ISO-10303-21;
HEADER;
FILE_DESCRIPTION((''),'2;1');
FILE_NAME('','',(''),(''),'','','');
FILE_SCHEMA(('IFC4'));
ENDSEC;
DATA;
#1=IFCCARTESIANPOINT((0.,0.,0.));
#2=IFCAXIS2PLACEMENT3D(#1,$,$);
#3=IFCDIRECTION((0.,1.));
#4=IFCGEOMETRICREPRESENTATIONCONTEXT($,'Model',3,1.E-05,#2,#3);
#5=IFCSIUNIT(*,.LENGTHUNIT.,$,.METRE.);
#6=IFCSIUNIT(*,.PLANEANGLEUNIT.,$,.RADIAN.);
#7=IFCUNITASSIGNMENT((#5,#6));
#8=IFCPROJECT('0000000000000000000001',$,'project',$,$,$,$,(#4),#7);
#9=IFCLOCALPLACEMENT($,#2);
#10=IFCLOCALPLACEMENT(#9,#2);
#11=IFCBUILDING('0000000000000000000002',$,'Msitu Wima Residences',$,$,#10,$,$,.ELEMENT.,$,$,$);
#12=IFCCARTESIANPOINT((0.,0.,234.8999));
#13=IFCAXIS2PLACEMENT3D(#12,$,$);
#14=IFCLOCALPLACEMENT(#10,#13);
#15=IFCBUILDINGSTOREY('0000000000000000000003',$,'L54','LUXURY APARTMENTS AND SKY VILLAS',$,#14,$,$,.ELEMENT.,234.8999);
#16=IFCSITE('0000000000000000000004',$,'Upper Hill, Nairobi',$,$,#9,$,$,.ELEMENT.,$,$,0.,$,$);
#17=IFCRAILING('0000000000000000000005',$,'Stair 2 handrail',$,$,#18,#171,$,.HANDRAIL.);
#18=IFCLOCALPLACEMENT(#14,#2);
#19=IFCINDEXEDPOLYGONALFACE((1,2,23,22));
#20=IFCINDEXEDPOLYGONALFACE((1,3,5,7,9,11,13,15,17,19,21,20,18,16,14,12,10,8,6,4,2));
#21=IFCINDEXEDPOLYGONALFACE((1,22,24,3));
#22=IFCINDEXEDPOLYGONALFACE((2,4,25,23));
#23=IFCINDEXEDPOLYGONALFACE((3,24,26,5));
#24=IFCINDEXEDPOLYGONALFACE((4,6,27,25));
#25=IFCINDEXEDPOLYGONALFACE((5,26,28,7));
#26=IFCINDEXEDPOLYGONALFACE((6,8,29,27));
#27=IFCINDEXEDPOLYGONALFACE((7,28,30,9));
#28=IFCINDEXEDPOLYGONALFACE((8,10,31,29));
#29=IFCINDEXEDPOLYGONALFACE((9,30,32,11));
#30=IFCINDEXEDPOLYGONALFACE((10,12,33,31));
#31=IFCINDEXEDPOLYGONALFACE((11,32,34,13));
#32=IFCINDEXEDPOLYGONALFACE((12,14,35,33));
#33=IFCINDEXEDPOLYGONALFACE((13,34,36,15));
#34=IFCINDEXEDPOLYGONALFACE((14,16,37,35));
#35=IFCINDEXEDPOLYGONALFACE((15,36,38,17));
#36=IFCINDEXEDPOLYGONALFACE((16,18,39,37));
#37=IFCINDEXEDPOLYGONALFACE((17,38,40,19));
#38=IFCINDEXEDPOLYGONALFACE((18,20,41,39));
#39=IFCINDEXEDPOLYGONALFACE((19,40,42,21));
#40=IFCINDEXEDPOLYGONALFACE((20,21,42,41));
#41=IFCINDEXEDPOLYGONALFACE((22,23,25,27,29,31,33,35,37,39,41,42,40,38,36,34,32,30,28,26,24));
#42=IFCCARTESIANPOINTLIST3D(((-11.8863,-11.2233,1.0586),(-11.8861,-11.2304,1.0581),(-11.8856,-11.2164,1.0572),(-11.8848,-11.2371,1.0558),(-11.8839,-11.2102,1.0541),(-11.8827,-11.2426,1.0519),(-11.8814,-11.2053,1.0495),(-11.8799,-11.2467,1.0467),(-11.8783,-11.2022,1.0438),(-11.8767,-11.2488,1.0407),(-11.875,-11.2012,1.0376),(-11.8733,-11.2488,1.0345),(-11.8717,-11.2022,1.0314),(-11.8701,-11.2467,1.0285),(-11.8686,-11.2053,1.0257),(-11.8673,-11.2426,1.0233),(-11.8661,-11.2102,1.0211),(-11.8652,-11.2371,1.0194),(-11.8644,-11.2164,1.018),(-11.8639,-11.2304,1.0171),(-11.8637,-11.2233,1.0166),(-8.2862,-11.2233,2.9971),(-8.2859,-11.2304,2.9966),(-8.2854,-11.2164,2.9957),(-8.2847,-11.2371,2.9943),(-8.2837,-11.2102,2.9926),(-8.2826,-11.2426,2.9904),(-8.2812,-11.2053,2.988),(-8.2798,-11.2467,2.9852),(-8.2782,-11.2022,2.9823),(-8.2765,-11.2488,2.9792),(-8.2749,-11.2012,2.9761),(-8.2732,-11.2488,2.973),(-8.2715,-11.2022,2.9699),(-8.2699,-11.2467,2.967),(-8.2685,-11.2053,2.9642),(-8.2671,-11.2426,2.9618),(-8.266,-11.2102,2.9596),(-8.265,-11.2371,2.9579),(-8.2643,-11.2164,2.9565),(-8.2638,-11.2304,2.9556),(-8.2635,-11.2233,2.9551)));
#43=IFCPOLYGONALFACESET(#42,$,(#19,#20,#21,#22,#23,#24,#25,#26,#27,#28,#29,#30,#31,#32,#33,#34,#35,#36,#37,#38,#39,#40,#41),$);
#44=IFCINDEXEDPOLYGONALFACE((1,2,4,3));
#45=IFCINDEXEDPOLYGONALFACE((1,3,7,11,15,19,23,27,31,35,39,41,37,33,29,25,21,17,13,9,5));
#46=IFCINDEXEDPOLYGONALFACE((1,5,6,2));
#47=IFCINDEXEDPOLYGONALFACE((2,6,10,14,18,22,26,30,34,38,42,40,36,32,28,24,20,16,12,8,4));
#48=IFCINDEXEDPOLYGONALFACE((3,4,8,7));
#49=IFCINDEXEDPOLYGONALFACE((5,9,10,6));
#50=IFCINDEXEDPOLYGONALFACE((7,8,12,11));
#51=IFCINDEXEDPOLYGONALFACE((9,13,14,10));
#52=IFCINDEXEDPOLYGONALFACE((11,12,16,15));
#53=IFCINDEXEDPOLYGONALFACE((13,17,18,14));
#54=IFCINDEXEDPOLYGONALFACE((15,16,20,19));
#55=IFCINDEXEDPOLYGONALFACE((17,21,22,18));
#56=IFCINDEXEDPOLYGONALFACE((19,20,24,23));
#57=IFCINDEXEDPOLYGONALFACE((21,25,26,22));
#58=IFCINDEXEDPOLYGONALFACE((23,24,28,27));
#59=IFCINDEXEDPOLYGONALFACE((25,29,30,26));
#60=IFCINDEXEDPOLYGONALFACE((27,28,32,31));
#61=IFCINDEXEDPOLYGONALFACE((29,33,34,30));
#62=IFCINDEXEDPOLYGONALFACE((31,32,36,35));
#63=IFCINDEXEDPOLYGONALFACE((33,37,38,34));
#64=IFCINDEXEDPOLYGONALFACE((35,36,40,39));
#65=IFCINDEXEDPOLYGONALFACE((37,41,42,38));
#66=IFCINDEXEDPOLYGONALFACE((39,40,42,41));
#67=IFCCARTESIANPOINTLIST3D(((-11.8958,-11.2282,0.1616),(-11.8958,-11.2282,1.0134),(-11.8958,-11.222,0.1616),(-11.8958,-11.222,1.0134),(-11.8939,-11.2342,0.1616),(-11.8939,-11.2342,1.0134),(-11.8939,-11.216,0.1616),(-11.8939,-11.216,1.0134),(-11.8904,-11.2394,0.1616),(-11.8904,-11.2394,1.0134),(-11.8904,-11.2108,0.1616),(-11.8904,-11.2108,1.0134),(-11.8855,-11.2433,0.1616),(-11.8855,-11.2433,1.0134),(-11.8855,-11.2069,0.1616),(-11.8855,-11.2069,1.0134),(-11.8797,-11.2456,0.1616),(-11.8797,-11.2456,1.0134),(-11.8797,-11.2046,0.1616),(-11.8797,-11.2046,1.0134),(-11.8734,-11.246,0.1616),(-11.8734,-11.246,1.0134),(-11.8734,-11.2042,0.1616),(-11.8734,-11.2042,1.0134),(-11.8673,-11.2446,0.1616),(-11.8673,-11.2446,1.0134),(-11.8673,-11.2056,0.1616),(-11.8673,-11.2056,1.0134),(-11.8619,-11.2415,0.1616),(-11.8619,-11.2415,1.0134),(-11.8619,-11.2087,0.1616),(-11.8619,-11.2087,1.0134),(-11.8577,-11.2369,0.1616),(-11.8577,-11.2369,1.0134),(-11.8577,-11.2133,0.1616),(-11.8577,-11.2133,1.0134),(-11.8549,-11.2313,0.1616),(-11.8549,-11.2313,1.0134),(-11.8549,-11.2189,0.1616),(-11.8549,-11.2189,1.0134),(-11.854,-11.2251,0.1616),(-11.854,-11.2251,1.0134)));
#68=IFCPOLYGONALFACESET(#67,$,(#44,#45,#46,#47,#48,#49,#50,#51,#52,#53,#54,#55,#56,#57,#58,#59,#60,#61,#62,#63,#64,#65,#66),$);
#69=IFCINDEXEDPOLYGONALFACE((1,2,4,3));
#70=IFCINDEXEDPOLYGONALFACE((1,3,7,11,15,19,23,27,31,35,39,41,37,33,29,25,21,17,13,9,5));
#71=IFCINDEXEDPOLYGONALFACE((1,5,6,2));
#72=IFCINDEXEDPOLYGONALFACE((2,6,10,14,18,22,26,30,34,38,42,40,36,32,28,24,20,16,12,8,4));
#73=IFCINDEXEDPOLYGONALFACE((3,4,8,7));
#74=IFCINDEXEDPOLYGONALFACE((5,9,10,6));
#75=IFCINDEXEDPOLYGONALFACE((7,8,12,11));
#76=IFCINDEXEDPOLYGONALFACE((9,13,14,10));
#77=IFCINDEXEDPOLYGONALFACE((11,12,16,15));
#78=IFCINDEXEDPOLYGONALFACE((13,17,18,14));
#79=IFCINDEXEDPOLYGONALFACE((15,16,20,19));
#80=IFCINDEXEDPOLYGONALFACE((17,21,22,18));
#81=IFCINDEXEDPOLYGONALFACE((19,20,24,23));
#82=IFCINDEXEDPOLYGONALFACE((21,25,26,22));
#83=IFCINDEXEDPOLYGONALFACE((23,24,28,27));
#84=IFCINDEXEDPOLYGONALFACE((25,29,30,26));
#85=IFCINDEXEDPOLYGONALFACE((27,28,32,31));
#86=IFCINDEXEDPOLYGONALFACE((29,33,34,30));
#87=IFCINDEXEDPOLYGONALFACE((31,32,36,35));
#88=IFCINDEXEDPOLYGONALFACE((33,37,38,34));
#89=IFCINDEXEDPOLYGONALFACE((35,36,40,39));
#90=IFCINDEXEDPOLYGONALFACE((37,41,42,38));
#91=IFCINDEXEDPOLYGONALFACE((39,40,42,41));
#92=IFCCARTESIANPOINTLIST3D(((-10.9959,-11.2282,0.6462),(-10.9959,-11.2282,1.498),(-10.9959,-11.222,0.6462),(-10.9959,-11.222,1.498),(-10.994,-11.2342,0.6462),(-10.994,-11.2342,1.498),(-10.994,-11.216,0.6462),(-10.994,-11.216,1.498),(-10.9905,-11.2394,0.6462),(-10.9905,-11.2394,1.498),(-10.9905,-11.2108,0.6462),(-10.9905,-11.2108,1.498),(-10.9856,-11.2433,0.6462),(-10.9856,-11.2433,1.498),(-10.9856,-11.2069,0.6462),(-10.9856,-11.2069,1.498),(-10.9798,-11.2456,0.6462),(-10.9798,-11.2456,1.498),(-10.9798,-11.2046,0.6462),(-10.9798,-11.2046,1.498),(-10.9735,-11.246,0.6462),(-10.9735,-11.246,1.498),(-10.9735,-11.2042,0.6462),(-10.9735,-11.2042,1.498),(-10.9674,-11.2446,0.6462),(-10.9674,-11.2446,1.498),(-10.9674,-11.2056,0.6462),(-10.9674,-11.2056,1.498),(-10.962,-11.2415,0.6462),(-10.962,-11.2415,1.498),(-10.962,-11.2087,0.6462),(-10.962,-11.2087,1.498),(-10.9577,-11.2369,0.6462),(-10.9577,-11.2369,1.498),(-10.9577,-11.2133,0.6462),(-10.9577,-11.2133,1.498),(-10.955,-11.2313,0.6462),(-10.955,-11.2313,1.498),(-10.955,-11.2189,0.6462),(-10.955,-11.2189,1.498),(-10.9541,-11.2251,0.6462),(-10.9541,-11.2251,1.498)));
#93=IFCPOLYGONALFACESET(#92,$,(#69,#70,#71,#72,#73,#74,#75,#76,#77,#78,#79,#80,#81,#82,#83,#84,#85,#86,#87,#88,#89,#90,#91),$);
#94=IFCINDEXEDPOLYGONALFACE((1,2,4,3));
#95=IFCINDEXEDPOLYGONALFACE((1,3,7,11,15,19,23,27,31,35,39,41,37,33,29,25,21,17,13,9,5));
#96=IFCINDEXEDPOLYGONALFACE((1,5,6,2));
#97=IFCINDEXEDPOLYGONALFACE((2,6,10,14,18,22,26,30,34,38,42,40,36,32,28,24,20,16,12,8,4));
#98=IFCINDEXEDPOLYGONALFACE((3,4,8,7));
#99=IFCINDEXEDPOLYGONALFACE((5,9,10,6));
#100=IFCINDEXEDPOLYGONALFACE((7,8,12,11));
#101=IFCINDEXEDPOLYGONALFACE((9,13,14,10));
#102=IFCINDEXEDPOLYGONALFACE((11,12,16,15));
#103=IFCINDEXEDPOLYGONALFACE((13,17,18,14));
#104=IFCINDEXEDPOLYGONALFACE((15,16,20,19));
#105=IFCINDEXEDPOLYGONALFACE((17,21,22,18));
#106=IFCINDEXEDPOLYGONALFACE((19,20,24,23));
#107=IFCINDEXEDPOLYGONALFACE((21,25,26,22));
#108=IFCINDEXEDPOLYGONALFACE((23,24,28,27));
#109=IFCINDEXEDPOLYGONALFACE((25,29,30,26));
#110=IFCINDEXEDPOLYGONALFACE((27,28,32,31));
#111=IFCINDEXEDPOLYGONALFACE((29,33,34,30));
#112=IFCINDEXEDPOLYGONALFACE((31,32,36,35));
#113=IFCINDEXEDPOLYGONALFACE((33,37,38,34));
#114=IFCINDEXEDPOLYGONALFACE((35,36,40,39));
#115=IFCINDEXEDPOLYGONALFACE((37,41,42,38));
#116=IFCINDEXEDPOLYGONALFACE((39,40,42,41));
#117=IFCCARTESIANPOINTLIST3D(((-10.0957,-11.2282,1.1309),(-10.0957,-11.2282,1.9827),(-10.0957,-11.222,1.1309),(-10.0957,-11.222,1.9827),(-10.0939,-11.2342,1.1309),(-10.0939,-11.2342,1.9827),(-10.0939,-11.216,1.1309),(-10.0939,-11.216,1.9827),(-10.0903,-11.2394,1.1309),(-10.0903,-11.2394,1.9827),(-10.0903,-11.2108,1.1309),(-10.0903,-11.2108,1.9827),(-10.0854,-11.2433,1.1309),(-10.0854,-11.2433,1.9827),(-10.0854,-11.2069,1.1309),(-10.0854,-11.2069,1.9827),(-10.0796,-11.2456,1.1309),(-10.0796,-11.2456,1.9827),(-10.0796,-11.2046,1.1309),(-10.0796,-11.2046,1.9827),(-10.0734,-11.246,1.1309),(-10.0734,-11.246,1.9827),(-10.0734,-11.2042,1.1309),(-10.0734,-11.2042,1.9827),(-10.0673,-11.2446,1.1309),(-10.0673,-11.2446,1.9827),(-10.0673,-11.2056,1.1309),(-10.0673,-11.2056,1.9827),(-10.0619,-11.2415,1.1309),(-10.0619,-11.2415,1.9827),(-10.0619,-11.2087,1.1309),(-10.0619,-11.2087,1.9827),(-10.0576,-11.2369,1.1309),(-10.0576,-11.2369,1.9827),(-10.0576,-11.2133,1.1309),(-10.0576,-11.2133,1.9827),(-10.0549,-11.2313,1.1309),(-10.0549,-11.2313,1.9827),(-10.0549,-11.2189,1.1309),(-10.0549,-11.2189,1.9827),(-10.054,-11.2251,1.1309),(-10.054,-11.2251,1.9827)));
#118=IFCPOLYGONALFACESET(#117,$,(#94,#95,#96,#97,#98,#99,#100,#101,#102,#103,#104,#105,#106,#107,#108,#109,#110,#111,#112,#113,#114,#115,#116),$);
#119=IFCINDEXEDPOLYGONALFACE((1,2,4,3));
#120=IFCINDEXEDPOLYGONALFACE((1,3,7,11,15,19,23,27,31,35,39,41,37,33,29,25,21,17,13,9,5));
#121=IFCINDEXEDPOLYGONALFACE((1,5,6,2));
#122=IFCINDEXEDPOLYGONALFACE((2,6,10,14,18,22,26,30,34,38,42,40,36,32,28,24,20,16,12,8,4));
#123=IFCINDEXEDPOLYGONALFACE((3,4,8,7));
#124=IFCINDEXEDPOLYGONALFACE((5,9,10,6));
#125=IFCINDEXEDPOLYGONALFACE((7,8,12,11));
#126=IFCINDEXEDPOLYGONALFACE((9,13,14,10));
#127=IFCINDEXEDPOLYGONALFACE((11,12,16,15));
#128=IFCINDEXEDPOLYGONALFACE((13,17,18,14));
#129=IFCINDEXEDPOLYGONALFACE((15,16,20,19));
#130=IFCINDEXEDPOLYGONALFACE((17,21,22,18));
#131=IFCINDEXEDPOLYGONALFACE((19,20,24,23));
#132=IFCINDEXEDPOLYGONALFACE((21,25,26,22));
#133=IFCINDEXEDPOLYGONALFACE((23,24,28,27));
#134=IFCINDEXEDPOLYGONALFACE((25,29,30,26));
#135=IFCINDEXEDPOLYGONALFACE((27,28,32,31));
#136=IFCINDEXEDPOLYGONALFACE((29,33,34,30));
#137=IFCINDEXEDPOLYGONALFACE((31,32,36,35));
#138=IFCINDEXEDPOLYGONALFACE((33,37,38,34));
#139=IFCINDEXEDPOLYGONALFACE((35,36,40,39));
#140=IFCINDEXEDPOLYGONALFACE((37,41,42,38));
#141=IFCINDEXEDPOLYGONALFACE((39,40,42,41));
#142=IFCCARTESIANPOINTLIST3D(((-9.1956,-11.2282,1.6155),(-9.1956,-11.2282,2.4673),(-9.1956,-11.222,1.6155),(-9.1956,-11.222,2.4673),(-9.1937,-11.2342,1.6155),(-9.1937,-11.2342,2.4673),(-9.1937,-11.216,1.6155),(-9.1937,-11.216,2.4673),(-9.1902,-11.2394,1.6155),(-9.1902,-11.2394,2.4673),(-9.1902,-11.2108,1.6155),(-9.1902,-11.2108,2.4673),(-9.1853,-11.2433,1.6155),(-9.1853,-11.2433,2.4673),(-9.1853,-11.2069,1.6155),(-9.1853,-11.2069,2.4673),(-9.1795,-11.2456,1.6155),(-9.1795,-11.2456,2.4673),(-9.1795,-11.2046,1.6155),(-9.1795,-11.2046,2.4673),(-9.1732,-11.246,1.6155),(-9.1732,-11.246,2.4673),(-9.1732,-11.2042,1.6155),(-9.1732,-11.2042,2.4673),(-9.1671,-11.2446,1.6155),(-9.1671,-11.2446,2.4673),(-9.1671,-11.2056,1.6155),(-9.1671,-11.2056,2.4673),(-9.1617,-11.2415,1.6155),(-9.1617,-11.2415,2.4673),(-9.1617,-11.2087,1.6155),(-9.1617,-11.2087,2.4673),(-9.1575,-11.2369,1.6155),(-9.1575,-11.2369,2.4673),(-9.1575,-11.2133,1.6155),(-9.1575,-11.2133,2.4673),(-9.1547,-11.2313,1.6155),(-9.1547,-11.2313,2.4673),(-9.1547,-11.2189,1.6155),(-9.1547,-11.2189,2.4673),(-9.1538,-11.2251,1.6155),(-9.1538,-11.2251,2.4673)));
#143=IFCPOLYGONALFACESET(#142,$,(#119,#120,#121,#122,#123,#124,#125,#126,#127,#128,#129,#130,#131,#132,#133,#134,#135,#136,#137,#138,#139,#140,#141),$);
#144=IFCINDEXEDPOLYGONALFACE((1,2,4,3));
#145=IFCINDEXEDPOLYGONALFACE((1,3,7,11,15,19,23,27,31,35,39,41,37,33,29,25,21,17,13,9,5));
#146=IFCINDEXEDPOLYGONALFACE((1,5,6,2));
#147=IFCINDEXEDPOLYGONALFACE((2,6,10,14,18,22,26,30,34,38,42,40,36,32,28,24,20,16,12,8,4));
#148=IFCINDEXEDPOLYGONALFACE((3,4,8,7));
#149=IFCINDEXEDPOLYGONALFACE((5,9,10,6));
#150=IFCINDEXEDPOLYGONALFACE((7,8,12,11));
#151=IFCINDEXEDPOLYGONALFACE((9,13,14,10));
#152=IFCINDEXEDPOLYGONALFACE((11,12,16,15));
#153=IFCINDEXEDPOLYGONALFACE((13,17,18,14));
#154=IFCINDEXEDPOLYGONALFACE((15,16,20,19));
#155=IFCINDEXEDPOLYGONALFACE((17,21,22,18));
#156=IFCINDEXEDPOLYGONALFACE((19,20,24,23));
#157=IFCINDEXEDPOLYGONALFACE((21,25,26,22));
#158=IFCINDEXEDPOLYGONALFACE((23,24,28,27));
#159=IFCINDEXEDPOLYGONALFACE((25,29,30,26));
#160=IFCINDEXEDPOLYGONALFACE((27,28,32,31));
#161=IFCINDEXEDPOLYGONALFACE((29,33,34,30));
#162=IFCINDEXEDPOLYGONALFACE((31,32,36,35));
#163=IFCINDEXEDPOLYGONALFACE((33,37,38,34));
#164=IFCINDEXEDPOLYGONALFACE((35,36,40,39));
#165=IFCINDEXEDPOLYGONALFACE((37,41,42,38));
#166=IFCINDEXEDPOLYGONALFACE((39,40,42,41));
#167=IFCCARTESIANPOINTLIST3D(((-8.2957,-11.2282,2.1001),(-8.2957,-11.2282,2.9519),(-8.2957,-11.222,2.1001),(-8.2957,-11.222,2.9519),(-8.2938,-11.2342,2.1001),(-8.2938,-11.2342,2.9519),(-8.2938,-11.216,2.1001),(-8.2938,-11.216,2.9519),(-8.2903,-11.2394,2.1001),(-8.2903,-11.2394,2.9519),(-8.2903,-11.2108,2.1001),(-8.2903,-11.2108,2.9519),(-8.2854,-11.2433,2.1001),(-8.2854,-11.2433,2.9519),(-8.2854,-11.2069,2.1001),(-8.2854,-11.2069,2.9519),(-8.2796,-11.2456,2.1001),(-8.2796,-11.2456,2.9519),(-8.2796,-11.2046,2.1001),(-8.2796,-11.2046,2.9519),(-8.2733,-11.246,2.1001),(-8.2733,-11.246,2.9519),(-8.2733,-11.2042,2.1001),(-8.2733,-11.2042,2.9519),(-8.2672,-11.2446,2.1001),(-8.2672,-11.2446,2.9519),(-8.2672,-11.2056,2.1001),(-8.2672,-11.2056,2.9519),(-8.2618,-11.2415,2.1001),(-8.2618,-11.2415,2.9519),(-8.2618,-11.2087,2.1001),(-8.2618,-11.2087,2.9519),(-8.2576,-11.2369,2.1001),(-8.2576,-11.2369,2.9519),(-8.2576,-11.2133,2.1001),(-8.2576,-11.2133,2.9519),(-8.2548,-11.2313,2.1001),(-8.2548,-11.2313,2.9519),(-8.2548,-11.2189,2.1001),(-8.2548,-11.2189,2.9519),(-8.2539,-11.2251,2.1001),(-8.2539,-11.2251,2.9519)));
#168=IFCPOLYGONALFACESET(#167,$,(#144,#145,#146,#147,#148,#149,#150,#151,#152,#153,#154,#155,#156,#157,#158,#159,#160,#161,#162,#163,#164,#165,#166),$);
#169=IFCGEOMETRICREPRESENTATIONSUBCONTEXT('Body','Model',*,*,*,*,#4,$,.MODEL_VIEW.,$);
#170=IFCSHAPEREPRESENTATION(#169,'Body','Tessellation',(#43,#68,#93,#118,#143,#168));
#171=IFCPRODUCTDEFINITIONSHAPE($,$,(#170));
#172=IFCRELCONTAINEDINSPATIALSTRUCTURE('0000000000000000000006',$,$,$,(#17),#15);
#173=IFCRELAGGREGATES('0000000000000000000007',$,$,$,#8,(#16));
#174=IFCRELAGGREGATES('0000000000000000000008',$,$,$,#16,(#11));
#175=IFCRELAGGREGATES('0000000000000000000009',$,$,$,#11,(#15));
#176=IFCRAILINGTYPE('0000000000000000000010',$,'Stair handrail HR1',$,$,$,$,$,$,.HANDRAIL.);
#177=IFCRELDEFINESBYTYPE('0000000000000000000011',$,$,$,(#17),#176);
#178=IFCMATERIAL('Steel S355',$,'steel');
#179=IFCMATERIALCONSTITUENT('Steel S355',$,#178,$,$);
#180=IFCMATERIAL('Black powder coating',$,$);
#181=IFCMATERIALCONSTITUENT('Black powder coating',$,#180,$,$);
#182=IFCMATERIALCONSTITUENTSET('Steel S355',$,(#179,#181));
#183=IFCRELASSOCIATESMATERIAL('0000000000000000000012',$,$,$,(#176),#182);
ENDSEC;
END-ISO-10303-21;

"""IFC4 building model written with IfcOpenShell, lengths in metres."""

from ifc_helpers import new_model, si_unit, direction, frame, origin, origin_2d, place, context, subcontext, project, spatial, circle, extrude, material, constituent, constituent_set, type_object, element, save


model = new_model("IFC4")

# Units and contexts
model_context = context("Model", 3, precision=1e-05, world=origin(), true_north=direction((0.0, 1.0)))
body_context = subcontext(model_context, "Body", "Model", "MODEL_VIEW")
ifc_project = project(units=[si_unit("LENGTHUNIT", "METRE"), si_unit("PLANEANGLEUNIT", "RADIAN")], contexts=[model_context])

# Site, building, storey
site_placement = place(None, origin())
site = spatial("IfcSite", under=ifc_project, at=site_placement, Name="Upper Hill, Nairobi", CompositionType="ELEMENT", RefElevation=0.0)
building_placement = place(site_placement, origin())
building = spatial("IfcBuilding", under=site, at=building_placement, Name="Msitu Wima Residences", CompositionType="ELEMENT")
storey_placement = place(building_placement, frame((0.0, 0.0, 234.8999)))
storey = spatial("IfcBuildingStorey", under=building, at=storey_placement, Name="L54", Description="LUXURY APARTMENTS AND SKY VILLAS", CompositionType="ELEMENT", Elevation=234.8999)

# Railing
ifc_material_1 = material(Name="Steel S355", Category="steel")
ifc_constituent_1 = constituent(ifc_material_1, Name="Steel S355")
ifc_material_2 = material(Name="Black powder coating")
ifc_constituent_2 = constituent(ifc_material_2, Name="Black powder coating")
ifc_constituent_set = constituent_set(constituents=[ifc_constituent_1, ifc_constituent_2], Name="Steel S355")
railing_type = type_object("IfcRailingType", Name="Stair handrail HR1", PredefinedType="HANDRAIL", material=ifc_constituent_set)
for number, where, name in (
    (1, (-11.875, -11.2251, 0.1616), "Stair 2 handrail"),
):
    element("IfcRailing", number, at=place(storey_placement, frame(where)), inside=storey, type_object=railing_type, Name=name, PredefinedType="HANDRAIL", context=body_context, shape_type="SweptSolid", body=[
        extrude(circle(Radius=0.0239, at=origin_2d()), frame((0.0, 0.0, 0.876), z_axis=(0.880475, 0.0, 0.474093), x_axis=(0.0, 1.0, 0.0)), (0.0, 0.0, 1.0), 4.0889),
        extrude(circle(Radius=0.021, at=origin_2d()), origin(), (0.0, 0.0, 1.0), 0.8518),
        extrude(circle(Radius=0.021, at=origin_2d()), frame((0.8999, 0.0, 0.4846)), (0.0, 0.0, 1.0), 0.8518),
        extrude(circle(Radius=0.021, at=origin_2d()), frame((1.8, 0.0, 0.9692)), (0.0, 0.0, 1.0), 0.8518),
        extrude(circle(Radius=0.021, at=origin_2d()), frame((2.7002, 0.0, 1.4539)), (0.0, 0.0, 1.0), 0.8518),
        extrude(circle(Radius=0.021, at=origin_2d()), frame((3.6001, 0.0, 1.9385)), (0.0, 0.0, 1.0), 0.8518),
    ])

save(model, "model.ifc")
